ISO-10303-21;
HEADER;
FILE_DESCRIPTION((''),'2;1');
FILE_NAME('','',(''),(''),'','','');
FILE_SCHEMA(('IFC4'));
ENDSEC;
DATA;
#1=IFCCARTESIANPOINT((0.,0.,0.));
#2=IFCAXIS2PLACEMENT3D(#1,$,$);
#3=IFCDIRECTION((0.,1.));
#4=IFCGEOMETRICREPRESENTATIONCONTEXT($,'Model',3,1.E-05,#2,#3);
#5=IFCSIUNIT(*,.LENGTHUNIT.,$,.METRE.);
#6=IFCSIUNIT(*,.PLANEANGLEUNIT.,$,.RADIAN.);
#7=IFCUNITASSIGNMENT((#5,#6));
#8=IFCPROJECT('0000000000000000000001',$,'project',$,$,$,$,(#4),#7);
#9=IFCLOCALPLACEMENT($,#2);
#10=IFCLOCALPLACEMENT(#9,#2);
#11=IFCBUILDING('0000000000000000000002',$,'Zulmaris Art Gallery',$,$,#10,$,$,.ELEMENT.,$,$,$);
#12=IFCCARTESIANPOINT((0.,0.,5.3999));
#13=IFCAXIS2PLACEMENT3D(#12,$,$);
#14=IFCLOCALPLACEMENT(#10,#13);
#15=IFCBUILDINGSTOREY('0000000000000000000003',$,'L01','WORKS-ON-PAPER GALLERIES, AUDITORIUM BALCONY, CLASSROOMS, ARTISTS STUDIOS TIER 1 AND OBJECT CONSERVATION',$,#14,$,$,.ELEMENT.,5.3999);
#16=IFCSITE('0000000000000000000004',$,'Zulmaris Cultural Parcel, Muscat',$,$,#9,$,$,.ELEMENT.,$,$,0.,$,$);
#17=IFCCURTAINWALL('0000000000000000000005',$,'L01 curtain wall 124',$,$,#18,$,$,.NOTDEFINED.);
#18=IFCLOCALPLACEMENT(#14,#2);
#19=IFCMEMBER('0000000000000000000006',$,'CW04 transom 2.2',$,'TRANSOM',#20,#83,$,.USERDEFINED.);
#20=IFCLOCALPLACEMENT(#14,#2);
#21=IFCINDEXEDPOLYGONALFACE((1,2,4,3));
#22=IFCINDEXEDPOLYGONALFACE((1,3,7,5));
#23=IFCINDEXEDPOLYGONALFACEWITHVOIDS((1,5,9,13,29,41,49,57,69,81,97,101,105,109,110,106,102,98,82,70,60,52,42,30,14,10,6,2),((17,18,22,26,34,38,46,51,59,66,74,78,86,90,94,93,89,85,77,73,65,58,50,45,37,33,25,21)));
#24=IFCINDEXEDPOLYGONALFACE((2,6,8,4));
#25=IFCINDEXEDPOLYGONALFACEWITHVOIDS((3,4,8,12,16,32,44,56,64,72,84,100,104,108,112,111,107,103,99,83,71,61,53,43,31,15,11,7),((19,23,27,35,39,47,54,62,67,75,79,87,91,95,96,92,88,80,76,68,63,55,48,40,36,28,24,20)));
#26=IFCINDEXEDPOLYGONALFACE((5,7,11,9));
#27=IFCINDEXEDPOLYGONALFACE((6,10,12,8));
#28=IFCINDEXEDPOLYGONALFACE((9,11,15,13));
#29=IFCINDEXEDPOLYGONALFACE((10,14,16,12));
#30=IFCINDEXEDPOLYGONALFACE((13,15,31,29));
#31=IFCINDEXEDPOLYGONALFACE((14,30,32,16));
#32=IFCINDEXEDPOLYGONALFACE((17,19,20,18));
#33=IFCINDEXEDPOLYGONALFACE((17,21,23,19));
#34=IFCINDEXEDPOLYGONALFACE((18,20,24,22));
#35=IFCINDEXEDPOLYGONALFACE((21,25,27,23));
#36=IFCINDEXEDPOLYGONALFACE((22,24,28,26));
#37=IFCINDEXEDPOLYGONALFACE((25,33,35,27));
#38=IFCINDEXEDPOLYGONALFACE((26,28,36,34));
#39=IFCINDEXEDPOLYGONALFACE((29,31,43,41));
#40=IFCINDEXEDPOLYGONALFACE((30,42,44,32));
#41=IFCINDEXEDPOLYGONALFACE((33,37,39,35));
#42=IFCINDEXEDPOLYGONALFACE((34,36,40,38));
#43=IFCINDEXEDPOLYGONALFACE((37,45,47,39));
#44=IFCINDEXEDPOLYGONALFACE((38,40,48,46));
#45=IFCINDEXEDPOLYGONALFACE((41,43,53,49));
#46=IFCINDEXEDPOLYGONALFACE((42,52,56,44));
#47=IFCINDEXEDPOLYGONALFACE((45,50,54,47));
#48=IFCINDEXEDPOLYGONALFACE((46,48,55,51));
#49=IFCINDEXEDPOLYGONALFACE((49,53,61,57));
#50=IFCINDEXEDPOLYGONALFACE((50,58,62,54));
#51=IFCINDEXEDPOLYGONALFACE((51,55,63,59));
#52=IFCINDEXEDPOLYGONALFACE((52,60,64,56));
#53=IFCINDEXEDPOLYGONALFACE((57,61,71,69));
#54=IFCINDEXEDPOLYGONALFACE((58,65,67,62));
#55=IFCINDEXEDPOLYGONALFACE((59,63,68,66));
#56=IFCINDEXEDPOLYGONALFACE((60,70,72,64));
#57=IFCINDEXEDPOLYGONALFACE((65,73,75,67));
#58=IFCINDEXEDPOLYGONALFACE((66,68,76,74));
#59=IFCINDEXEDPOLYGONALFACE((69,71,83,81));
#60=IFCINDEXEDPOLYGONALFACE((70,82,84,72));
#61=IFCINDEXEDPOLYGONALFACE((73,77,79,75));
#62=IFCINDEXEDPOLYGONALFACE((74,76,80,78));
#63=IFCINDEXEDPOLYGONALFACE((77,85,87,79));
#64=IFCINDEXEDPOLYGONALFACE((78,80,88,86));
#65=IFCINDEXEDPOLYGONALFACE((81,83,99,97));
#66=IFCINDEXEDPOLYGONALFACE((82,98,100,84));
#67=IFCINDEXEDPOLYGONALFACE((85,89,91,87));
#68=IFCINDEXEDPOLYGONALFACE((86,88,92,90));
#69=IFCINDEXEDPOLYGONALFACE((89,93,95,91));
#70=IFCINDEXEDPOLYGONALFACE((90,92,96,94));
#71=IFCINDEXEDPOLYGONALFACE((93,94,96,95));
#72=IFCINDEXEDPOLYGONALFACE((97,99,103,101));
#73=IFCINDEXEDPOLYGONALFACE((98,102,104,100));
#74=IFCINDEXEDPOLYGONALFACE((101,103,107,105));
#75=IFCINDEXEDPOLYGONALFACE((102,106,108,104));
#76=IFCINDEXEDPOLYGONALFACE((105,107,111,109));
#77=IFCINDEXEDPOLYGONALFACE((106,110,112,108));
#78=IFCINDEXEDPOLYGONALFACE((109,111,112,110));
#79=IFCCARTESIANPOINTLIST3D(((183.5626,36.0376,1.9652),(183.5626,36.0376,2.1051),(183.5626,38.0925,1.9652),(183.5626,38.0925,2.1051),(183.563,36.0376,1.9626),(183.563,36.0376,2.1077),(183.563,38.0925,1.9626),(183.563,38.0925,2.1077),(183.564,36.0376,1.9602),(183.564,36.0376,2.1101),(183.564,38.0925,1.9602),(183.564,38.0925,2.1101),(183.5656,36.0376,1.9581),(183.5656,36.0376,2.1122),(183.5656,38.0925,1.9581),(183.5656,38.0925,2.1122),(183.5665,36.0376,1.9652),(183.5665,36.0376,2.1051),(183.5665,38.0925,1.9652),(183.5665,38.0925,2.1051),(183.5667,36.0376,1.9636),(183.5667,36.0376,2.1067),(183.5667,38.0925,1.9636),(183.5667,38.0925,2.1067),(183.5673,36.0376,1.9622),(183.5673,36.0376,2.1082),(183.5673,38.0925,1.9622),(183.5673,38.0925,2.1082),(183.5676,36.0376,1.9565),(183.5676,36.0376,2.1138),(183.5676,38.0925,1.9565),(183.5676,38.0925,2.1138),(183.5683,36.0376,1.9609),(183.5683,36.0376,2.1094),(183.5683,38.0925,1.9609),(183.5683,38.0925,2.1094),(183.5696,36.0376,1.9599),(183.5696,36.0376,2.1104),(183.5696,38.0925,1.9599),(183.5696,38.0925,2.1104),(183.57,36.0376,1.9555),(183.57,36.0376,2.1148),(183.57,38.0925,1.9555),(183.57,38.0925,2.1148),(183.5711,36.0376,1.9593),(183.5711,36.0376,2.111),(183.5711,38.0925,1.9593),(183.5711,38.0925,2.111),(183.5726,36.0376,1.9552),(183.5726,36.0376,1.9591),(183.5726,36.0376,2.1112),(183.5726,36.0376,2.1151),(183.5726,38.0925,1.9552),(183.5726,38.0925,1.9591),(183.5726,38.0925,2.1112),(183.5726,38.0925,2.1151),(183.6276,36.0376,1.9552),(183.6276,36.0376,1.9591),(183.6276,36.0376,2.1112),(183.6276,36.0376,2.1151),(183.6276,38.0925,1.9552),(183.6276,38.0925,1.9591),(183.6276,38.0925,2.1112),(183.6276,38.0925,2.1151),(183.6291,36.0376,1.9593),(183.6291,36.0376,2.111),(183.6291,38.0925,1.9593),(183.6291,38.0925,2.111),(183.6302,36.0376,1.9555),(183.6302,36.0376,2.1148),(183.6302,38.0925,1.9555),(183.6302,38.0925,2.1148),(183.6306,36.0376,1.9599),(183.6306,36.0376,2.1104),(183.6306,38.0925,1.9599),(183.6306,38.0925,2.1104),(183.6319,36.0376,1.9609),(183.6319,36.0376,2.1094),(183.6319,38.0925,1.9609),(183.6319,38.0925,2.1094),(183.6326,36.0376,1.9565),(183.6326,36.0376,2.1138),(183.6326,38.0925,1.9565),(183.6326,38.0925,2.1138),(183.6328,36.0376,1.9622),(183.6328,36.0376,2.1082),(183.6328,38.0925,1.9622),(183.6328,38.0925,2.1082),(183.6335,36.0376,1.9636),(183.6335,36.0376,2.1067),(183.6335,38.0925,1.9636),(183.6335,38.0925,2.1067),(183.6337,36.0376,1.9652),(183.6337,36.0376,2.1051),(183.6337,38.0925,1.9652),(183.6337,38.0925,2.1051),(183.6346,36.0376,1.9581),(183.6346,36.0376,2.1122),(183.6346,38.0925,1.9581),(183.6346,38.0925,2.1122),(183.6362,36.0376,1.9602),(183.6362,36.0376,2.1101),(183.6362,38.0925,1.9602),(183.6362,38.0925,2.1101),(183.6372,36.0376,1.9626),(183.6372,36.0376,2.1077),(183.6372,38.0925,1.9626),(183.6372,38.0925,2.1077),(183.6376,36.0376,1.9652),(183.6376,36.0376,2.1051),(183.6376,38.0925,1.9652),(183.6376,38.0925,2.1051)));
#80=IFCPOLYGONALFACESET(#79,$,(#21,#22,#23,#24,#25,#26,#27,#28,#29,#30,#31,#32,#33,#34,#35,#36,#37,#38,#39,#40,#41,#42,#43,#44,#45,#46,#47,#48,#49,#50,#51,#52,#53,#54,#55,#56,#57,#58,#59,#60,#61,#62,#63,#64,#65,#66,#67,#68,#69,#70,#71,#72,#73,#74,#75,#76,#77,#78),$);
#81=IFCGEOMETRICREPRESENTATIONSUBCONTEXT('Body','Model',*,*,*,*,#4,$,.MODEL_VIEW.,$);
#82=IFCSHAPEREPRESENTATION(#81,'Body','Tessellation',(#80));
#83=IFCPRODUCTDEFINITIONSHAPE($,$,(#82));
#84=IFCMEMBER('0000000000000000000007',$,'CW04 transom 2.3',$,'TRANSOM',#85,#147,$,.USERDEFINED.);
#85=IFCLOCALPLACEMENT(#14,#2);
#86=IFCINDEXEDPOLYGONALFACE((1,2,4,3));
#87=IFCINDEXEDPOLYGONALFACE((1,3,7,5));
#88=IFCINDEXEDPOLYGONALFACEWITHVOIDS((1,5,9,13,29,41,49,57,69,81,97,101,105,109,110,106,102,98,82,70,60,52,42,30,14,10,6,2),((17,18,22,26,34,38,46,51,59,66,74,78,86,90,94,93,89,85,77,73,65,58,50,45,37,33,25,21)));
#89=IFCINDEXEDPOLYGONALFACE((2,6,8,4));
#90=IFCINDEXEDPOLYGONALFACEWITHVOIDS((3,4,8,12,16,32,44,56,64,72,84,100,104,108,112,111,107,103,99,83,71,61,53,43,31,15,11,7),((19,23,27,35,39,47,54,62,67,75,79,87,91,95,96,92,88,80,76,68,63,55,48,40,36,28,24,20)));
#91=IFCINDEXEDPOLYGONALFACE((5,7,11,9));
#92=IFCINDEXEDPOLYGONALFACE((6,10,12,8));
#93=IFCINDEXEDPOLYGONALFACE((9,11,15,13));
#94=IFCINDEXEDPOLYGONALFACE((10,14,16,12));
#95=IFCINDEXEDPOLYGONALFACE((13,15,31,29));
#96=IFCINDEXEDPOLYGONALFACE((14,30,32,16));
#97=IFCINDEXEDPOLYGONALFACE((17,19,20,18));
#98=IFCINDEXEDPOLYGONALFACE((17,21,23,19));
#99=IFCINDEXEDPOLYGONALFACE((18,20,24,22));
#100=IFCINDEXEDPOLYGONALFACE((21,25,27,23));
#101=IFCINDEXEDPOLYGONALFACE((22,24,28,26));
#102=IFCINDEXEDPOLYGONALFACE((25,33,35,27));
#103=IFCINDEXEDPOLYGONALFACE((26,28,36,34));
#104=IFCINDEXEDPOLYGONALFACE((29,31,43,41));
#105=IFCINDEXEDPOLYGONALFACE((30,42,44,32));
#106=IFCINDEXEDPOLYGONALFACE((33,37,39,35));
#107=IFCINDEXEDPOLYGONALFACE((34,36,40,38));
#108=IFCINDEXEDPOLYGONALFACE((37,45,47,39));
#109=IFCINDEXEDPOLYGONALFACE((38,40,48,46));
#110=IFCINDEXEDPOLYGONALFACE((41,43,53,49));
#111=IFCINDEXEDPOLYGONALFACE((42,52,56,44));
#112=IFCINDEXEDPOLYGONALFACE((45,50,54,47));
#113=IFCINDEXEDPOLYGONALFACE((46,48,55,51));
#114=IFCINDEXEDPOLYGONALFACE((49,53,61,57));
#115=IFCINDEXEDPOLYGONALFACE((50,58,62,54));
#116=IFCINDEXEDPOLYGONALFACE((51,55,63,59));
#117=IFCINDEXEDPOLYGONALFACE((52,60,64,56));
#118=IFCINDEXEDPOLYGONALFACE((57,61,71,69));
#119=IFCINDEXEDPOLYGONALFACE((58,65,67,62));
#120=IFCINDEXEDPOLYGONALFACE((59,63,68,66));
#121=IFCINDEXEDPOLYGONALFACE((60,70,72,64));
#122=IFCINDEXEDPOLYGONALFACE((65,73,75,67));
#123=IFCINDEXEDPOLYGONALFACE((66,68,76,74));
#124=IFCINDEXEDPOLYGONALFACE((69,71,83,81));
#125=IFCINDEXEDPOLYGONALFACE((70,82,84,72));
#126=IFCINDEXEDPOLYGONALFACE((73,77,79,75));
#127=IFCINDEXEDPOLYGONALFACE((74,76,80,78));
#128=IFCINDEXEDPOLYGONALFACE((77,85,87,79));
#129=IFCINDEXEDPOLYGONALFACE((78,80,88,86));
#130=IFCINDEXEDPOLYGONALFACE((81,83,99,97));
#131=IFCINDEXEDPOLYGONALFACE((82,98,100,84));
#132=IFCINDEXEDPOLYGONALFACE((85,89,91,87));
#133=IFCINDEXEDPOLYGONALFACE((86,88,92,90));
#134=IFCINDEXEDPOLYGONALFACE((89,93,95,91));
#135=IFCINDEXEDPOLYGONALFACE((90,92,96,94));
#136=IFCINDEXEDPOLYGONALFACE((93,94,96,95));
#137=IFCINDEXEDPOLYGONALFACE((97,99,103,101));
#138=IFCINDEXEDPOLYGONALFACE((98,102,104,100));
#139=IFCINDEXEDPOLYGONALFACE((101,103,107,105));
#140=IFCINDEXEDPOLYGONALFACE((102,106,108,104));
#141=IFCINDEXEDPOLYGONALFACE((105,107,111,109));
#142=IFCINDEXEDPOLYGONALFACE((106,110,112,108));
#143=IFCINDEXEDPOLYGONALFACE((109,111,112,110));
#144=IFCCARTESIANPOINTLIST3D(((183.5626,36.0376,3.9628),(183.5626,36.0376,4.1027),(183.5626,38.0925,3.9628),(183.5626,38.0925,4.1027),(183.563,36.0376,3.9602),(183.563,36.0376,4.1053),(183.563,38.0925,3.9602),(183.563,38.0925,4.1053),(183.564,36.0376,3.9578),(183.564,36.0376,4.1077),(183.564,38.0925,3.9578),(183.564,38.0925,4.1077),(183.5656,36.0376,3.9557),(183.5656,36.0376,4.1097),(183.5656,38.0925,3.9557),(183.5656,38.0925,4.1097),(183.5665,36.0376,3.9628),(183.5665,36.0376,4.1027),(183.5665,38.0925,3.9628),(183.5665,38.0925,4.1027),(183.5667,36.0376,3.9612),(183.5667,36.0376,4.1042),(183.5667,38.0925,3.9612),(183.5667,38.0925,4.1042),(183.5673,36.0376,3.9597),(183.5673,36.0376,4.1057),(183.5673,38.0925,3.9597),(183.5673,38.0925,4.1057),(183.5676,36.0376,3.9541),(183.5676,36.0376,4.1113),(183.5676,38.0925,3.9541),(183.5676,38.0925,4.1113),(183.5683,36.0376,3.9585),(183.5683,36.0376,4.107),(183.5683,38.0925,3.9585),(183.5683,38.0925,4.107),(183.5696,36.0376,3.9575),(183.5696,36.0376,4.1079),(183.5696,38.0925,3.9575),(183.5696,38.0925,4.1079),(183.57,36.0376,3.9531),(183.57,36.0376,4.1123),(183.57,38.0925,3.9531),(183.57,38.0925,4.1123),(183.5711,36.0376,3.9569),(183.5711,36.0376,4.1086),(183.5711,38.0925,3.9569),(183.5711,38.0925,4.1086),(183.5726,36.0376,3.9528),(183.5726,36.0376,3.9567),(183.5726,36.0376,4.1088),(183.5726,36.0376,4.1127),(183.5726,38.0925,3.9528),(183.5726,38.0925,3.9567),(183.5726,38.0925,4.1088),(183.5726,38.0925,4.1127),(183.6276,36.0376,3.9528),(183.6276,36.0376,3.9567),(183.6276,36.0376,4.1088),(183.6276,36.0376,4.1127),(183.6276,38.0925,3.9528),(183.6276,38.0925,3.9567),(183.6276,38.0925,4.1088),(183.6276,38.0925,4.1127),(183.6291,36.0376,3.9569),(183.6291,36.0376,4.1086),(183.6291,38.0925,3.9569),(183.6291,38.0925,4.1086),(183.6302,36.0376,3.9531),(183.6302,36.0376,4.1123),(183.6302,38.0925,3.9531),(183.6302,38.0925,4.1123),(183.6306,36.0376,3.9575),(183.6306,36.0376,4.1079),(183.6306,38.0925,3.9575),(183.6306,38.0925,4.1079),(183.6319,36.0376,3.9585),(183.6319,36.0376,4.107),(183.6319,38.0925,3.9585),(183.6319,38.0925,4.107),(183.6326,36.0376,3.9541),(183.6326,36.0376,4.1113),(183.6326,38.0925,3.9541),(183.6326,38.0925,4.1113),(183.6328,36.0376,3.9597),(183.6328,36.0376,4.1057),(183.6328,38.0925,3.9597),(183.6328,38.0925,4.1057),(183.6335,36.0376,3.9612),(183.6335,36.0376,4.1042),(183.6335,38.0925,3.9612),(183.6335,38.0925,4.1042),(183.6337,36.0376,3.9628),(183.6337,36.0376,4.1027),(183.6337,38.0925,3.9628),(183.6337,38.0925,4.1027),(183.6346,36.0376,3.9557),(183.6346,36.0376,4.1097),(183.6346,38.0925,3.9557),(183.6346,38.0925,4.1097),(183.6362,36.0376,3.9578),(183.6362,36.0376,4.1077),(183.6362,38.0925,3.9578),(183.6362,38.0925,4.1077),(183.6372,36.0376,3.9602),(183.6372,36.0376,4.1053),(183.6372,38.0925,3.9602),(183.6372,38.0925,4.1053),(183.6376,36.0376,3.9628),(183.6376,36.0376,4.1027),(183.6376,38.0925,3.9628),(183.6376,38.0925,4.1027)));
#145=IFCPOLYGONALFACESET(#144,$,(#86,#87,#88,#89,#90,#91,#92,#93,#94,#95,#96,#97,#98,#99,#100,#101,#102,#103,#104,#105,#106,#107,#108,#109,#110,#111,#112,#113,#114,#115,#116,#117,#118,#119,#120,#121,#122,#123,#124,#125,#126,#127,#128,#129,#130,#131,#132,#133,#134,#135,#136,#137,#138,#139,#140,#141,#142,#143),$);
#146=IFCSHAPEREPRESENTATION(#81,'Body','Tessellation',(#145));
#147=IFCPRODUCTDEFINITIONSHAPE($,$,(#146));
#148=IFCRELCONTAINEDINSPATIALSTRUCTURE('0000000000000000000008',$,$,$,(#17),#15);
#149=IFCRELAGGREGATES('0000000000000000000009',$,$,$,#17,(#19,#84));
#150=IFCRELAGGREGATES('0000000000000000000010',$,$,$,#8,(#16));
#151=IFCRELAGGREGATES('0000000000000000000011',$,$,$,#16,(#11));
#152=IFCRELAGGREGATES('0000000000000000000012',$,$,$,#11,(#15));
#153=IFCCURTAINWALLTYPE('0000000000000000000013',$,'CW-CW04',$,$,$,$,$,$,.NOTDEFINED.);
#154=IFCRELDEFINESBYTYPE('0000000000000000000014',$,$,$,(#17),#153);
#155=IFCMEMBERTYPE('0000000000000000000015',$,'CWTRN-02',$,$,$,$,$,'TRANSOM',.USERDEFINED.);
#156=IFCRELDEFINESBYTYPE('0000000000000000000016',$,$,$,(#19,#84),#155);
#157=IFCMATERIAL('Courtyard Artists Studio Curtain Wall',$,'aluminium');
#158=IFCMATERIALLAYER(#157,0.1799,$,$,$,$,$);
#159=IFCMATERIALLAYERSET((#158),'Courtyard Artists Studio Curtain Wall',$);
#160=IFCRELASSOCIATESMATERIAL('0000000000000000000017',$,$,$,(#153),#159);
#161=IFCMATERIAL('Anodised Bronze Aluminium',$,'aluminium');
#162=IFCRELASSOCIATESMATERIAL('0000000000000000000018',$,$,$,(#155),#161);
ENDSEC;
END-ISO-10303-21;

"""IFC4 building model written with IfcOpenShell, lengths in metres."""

from ifc_helpers import new_model, si_unit, direction, frame, origin, origin_2d, place, context, subcontext, project, spatial, hollow_rectangle, extrude, material, layer, layer_set, material_profile, profile_set, type_object, element, aggregate, save


model = new_model("IFC4")

# Units and contexts
model_context = context("Model", 3, precision=1e-05, world=origin(), true_north=direction((0.0, 1.0)))
body_context = subcontext(model_context, "Body", "Model", "MODEL_VIEW")
ifc_project = project(units=[si_unit("LENGTHUNIT", "METRE"), si_unit("PLANEANGLEUNIT", "RADIAN")], contexts=[model_context])

# Site, building, storey
site_placement = place(None, origin())
site = spatial("IfcSite", under=ifc_project, at=site_placement, Name="Zulmaris Cultural Parcel, Muscat", CompositionType="ELEMENT", RefElevation=0.0)
building_placement = place(site_placement, origin())
building = spatial("IfcBuilding", under=site, at=building_placement, Name="Zulmaris Art Gallery", CompositionType="ELEMENT")
storey_placement = place(building_placement, frame((0.0, 0.0, 5.3999)))
storey = spatial("IfcBuildingStorey", under=building, at=storey_placement, Name="L01", Description="WORKS-ON-PAPER GALLERIES, AUDITORIUM BALCONY, CLASSROOMS, ARTISTS STUDIOS TIER 1 AND OBJECT CONSERVATION", CompositionType="ELEMENT", Elevation=5.3999)

# Curtain wall
ifc_material_1 = material(Name="Courtyard Artists Studio Curtain Wall", Category="aluminium")
ifc_layer_1 = layer(ifc_material_1, 0.1799)
ifc_layer_set_1 = layer_set([ifc_layer_1], Name="Courtyard Artists Studio Curtain Wall")
curtain_wall_type = type_object("IfcCurtainWallType", Name="CW-CW04", PredefinedType="NOTDEFINED", material=ifc_layer_set_1)
curtain_wall_1_placement = place(storey_placement, origin())
curtain_wall_1 = element("IfcCurtainWall", 1, at=curtain_wall_1_placement, inside=storey, type_object=curtain_wall_type, Name="L01 curtain wall 124", PredefinedType="NOTDEFINED")
ifc_material_2 = material(Name="Anodised Bronze Aluminium", Category="aluminium")

# Members
ifc_material_profile_1 = material_profile(ifc_material_2, hollow_rectangle(XDim=0.075, YDim=0.1599, WallThickness=0.0039, InnerFilletRadius=0.0061, OuterFilletRadius=0.01, at=origin_2d()), Name="ALU 75x160x4")
ifc_profile_set_1 = profile_set([ifc_material_profile_1], Name="Anodised Bronze Aluminium")
member_type_1 = type_object("IfcMemberType", Name="CWTRN-02", ElementType="TRANSOM", PredefinedType="USERDEFINED", material=ifc_profile_set_1)
member_1_placement = place(storey_placement, frame((183.6001, 38.0925, 2.0352), z_axis=(0.0, -1.0, 0.0), x_axis=(1.0, 0.0, 0.0)))
member_1 = element("IfcMember", 2, at=member_1_placement, type_object=member_type_1, Name="CW04 transom 2.2", ObjectType="TRANSOM", PredefinedType="USERDEFINED", context=body_context, shape_type="SweptSolid", body=[
    extrude(hollow_rectangle(XDim=0.075, YDim=0.1599, WallThickness=0.0039, InnerFilletRadius=0.0061, OuterFilletRadius=0.01, at=origin_2d()), origin(), (0.0, 0.0, 1.0), 2.0549),
])
member_2_placement = place(storey_placement, frame((183.6001, 38.0925, 4.0327), z_axis=(0.0, -1.0, 0.0), x_axis=(1.0, 0.0, 0.0)))
member_2 = element("IfcMember", 3, at=member_2_placement, type_object=member_type_1, Name="CW04 transom 2.3", ObjectType="TRANSOM", PredefinedType="USERDEFINED", context=body_context, shape_type="SweptSolid", body=[
    extrude(hollow_rectangle(XDim=0.075, YDim=0.1599, WallThickness=0.0039, InnerFilletRadius=0.0061, OuterFilletRadius=0.01, at=origin_2d()), origin(), (0.0, 0.0, 1.0), 2.0549),
])

aggregate(curtain_wall_1, [member_1, member_2])

save(model, "model.ifc")
